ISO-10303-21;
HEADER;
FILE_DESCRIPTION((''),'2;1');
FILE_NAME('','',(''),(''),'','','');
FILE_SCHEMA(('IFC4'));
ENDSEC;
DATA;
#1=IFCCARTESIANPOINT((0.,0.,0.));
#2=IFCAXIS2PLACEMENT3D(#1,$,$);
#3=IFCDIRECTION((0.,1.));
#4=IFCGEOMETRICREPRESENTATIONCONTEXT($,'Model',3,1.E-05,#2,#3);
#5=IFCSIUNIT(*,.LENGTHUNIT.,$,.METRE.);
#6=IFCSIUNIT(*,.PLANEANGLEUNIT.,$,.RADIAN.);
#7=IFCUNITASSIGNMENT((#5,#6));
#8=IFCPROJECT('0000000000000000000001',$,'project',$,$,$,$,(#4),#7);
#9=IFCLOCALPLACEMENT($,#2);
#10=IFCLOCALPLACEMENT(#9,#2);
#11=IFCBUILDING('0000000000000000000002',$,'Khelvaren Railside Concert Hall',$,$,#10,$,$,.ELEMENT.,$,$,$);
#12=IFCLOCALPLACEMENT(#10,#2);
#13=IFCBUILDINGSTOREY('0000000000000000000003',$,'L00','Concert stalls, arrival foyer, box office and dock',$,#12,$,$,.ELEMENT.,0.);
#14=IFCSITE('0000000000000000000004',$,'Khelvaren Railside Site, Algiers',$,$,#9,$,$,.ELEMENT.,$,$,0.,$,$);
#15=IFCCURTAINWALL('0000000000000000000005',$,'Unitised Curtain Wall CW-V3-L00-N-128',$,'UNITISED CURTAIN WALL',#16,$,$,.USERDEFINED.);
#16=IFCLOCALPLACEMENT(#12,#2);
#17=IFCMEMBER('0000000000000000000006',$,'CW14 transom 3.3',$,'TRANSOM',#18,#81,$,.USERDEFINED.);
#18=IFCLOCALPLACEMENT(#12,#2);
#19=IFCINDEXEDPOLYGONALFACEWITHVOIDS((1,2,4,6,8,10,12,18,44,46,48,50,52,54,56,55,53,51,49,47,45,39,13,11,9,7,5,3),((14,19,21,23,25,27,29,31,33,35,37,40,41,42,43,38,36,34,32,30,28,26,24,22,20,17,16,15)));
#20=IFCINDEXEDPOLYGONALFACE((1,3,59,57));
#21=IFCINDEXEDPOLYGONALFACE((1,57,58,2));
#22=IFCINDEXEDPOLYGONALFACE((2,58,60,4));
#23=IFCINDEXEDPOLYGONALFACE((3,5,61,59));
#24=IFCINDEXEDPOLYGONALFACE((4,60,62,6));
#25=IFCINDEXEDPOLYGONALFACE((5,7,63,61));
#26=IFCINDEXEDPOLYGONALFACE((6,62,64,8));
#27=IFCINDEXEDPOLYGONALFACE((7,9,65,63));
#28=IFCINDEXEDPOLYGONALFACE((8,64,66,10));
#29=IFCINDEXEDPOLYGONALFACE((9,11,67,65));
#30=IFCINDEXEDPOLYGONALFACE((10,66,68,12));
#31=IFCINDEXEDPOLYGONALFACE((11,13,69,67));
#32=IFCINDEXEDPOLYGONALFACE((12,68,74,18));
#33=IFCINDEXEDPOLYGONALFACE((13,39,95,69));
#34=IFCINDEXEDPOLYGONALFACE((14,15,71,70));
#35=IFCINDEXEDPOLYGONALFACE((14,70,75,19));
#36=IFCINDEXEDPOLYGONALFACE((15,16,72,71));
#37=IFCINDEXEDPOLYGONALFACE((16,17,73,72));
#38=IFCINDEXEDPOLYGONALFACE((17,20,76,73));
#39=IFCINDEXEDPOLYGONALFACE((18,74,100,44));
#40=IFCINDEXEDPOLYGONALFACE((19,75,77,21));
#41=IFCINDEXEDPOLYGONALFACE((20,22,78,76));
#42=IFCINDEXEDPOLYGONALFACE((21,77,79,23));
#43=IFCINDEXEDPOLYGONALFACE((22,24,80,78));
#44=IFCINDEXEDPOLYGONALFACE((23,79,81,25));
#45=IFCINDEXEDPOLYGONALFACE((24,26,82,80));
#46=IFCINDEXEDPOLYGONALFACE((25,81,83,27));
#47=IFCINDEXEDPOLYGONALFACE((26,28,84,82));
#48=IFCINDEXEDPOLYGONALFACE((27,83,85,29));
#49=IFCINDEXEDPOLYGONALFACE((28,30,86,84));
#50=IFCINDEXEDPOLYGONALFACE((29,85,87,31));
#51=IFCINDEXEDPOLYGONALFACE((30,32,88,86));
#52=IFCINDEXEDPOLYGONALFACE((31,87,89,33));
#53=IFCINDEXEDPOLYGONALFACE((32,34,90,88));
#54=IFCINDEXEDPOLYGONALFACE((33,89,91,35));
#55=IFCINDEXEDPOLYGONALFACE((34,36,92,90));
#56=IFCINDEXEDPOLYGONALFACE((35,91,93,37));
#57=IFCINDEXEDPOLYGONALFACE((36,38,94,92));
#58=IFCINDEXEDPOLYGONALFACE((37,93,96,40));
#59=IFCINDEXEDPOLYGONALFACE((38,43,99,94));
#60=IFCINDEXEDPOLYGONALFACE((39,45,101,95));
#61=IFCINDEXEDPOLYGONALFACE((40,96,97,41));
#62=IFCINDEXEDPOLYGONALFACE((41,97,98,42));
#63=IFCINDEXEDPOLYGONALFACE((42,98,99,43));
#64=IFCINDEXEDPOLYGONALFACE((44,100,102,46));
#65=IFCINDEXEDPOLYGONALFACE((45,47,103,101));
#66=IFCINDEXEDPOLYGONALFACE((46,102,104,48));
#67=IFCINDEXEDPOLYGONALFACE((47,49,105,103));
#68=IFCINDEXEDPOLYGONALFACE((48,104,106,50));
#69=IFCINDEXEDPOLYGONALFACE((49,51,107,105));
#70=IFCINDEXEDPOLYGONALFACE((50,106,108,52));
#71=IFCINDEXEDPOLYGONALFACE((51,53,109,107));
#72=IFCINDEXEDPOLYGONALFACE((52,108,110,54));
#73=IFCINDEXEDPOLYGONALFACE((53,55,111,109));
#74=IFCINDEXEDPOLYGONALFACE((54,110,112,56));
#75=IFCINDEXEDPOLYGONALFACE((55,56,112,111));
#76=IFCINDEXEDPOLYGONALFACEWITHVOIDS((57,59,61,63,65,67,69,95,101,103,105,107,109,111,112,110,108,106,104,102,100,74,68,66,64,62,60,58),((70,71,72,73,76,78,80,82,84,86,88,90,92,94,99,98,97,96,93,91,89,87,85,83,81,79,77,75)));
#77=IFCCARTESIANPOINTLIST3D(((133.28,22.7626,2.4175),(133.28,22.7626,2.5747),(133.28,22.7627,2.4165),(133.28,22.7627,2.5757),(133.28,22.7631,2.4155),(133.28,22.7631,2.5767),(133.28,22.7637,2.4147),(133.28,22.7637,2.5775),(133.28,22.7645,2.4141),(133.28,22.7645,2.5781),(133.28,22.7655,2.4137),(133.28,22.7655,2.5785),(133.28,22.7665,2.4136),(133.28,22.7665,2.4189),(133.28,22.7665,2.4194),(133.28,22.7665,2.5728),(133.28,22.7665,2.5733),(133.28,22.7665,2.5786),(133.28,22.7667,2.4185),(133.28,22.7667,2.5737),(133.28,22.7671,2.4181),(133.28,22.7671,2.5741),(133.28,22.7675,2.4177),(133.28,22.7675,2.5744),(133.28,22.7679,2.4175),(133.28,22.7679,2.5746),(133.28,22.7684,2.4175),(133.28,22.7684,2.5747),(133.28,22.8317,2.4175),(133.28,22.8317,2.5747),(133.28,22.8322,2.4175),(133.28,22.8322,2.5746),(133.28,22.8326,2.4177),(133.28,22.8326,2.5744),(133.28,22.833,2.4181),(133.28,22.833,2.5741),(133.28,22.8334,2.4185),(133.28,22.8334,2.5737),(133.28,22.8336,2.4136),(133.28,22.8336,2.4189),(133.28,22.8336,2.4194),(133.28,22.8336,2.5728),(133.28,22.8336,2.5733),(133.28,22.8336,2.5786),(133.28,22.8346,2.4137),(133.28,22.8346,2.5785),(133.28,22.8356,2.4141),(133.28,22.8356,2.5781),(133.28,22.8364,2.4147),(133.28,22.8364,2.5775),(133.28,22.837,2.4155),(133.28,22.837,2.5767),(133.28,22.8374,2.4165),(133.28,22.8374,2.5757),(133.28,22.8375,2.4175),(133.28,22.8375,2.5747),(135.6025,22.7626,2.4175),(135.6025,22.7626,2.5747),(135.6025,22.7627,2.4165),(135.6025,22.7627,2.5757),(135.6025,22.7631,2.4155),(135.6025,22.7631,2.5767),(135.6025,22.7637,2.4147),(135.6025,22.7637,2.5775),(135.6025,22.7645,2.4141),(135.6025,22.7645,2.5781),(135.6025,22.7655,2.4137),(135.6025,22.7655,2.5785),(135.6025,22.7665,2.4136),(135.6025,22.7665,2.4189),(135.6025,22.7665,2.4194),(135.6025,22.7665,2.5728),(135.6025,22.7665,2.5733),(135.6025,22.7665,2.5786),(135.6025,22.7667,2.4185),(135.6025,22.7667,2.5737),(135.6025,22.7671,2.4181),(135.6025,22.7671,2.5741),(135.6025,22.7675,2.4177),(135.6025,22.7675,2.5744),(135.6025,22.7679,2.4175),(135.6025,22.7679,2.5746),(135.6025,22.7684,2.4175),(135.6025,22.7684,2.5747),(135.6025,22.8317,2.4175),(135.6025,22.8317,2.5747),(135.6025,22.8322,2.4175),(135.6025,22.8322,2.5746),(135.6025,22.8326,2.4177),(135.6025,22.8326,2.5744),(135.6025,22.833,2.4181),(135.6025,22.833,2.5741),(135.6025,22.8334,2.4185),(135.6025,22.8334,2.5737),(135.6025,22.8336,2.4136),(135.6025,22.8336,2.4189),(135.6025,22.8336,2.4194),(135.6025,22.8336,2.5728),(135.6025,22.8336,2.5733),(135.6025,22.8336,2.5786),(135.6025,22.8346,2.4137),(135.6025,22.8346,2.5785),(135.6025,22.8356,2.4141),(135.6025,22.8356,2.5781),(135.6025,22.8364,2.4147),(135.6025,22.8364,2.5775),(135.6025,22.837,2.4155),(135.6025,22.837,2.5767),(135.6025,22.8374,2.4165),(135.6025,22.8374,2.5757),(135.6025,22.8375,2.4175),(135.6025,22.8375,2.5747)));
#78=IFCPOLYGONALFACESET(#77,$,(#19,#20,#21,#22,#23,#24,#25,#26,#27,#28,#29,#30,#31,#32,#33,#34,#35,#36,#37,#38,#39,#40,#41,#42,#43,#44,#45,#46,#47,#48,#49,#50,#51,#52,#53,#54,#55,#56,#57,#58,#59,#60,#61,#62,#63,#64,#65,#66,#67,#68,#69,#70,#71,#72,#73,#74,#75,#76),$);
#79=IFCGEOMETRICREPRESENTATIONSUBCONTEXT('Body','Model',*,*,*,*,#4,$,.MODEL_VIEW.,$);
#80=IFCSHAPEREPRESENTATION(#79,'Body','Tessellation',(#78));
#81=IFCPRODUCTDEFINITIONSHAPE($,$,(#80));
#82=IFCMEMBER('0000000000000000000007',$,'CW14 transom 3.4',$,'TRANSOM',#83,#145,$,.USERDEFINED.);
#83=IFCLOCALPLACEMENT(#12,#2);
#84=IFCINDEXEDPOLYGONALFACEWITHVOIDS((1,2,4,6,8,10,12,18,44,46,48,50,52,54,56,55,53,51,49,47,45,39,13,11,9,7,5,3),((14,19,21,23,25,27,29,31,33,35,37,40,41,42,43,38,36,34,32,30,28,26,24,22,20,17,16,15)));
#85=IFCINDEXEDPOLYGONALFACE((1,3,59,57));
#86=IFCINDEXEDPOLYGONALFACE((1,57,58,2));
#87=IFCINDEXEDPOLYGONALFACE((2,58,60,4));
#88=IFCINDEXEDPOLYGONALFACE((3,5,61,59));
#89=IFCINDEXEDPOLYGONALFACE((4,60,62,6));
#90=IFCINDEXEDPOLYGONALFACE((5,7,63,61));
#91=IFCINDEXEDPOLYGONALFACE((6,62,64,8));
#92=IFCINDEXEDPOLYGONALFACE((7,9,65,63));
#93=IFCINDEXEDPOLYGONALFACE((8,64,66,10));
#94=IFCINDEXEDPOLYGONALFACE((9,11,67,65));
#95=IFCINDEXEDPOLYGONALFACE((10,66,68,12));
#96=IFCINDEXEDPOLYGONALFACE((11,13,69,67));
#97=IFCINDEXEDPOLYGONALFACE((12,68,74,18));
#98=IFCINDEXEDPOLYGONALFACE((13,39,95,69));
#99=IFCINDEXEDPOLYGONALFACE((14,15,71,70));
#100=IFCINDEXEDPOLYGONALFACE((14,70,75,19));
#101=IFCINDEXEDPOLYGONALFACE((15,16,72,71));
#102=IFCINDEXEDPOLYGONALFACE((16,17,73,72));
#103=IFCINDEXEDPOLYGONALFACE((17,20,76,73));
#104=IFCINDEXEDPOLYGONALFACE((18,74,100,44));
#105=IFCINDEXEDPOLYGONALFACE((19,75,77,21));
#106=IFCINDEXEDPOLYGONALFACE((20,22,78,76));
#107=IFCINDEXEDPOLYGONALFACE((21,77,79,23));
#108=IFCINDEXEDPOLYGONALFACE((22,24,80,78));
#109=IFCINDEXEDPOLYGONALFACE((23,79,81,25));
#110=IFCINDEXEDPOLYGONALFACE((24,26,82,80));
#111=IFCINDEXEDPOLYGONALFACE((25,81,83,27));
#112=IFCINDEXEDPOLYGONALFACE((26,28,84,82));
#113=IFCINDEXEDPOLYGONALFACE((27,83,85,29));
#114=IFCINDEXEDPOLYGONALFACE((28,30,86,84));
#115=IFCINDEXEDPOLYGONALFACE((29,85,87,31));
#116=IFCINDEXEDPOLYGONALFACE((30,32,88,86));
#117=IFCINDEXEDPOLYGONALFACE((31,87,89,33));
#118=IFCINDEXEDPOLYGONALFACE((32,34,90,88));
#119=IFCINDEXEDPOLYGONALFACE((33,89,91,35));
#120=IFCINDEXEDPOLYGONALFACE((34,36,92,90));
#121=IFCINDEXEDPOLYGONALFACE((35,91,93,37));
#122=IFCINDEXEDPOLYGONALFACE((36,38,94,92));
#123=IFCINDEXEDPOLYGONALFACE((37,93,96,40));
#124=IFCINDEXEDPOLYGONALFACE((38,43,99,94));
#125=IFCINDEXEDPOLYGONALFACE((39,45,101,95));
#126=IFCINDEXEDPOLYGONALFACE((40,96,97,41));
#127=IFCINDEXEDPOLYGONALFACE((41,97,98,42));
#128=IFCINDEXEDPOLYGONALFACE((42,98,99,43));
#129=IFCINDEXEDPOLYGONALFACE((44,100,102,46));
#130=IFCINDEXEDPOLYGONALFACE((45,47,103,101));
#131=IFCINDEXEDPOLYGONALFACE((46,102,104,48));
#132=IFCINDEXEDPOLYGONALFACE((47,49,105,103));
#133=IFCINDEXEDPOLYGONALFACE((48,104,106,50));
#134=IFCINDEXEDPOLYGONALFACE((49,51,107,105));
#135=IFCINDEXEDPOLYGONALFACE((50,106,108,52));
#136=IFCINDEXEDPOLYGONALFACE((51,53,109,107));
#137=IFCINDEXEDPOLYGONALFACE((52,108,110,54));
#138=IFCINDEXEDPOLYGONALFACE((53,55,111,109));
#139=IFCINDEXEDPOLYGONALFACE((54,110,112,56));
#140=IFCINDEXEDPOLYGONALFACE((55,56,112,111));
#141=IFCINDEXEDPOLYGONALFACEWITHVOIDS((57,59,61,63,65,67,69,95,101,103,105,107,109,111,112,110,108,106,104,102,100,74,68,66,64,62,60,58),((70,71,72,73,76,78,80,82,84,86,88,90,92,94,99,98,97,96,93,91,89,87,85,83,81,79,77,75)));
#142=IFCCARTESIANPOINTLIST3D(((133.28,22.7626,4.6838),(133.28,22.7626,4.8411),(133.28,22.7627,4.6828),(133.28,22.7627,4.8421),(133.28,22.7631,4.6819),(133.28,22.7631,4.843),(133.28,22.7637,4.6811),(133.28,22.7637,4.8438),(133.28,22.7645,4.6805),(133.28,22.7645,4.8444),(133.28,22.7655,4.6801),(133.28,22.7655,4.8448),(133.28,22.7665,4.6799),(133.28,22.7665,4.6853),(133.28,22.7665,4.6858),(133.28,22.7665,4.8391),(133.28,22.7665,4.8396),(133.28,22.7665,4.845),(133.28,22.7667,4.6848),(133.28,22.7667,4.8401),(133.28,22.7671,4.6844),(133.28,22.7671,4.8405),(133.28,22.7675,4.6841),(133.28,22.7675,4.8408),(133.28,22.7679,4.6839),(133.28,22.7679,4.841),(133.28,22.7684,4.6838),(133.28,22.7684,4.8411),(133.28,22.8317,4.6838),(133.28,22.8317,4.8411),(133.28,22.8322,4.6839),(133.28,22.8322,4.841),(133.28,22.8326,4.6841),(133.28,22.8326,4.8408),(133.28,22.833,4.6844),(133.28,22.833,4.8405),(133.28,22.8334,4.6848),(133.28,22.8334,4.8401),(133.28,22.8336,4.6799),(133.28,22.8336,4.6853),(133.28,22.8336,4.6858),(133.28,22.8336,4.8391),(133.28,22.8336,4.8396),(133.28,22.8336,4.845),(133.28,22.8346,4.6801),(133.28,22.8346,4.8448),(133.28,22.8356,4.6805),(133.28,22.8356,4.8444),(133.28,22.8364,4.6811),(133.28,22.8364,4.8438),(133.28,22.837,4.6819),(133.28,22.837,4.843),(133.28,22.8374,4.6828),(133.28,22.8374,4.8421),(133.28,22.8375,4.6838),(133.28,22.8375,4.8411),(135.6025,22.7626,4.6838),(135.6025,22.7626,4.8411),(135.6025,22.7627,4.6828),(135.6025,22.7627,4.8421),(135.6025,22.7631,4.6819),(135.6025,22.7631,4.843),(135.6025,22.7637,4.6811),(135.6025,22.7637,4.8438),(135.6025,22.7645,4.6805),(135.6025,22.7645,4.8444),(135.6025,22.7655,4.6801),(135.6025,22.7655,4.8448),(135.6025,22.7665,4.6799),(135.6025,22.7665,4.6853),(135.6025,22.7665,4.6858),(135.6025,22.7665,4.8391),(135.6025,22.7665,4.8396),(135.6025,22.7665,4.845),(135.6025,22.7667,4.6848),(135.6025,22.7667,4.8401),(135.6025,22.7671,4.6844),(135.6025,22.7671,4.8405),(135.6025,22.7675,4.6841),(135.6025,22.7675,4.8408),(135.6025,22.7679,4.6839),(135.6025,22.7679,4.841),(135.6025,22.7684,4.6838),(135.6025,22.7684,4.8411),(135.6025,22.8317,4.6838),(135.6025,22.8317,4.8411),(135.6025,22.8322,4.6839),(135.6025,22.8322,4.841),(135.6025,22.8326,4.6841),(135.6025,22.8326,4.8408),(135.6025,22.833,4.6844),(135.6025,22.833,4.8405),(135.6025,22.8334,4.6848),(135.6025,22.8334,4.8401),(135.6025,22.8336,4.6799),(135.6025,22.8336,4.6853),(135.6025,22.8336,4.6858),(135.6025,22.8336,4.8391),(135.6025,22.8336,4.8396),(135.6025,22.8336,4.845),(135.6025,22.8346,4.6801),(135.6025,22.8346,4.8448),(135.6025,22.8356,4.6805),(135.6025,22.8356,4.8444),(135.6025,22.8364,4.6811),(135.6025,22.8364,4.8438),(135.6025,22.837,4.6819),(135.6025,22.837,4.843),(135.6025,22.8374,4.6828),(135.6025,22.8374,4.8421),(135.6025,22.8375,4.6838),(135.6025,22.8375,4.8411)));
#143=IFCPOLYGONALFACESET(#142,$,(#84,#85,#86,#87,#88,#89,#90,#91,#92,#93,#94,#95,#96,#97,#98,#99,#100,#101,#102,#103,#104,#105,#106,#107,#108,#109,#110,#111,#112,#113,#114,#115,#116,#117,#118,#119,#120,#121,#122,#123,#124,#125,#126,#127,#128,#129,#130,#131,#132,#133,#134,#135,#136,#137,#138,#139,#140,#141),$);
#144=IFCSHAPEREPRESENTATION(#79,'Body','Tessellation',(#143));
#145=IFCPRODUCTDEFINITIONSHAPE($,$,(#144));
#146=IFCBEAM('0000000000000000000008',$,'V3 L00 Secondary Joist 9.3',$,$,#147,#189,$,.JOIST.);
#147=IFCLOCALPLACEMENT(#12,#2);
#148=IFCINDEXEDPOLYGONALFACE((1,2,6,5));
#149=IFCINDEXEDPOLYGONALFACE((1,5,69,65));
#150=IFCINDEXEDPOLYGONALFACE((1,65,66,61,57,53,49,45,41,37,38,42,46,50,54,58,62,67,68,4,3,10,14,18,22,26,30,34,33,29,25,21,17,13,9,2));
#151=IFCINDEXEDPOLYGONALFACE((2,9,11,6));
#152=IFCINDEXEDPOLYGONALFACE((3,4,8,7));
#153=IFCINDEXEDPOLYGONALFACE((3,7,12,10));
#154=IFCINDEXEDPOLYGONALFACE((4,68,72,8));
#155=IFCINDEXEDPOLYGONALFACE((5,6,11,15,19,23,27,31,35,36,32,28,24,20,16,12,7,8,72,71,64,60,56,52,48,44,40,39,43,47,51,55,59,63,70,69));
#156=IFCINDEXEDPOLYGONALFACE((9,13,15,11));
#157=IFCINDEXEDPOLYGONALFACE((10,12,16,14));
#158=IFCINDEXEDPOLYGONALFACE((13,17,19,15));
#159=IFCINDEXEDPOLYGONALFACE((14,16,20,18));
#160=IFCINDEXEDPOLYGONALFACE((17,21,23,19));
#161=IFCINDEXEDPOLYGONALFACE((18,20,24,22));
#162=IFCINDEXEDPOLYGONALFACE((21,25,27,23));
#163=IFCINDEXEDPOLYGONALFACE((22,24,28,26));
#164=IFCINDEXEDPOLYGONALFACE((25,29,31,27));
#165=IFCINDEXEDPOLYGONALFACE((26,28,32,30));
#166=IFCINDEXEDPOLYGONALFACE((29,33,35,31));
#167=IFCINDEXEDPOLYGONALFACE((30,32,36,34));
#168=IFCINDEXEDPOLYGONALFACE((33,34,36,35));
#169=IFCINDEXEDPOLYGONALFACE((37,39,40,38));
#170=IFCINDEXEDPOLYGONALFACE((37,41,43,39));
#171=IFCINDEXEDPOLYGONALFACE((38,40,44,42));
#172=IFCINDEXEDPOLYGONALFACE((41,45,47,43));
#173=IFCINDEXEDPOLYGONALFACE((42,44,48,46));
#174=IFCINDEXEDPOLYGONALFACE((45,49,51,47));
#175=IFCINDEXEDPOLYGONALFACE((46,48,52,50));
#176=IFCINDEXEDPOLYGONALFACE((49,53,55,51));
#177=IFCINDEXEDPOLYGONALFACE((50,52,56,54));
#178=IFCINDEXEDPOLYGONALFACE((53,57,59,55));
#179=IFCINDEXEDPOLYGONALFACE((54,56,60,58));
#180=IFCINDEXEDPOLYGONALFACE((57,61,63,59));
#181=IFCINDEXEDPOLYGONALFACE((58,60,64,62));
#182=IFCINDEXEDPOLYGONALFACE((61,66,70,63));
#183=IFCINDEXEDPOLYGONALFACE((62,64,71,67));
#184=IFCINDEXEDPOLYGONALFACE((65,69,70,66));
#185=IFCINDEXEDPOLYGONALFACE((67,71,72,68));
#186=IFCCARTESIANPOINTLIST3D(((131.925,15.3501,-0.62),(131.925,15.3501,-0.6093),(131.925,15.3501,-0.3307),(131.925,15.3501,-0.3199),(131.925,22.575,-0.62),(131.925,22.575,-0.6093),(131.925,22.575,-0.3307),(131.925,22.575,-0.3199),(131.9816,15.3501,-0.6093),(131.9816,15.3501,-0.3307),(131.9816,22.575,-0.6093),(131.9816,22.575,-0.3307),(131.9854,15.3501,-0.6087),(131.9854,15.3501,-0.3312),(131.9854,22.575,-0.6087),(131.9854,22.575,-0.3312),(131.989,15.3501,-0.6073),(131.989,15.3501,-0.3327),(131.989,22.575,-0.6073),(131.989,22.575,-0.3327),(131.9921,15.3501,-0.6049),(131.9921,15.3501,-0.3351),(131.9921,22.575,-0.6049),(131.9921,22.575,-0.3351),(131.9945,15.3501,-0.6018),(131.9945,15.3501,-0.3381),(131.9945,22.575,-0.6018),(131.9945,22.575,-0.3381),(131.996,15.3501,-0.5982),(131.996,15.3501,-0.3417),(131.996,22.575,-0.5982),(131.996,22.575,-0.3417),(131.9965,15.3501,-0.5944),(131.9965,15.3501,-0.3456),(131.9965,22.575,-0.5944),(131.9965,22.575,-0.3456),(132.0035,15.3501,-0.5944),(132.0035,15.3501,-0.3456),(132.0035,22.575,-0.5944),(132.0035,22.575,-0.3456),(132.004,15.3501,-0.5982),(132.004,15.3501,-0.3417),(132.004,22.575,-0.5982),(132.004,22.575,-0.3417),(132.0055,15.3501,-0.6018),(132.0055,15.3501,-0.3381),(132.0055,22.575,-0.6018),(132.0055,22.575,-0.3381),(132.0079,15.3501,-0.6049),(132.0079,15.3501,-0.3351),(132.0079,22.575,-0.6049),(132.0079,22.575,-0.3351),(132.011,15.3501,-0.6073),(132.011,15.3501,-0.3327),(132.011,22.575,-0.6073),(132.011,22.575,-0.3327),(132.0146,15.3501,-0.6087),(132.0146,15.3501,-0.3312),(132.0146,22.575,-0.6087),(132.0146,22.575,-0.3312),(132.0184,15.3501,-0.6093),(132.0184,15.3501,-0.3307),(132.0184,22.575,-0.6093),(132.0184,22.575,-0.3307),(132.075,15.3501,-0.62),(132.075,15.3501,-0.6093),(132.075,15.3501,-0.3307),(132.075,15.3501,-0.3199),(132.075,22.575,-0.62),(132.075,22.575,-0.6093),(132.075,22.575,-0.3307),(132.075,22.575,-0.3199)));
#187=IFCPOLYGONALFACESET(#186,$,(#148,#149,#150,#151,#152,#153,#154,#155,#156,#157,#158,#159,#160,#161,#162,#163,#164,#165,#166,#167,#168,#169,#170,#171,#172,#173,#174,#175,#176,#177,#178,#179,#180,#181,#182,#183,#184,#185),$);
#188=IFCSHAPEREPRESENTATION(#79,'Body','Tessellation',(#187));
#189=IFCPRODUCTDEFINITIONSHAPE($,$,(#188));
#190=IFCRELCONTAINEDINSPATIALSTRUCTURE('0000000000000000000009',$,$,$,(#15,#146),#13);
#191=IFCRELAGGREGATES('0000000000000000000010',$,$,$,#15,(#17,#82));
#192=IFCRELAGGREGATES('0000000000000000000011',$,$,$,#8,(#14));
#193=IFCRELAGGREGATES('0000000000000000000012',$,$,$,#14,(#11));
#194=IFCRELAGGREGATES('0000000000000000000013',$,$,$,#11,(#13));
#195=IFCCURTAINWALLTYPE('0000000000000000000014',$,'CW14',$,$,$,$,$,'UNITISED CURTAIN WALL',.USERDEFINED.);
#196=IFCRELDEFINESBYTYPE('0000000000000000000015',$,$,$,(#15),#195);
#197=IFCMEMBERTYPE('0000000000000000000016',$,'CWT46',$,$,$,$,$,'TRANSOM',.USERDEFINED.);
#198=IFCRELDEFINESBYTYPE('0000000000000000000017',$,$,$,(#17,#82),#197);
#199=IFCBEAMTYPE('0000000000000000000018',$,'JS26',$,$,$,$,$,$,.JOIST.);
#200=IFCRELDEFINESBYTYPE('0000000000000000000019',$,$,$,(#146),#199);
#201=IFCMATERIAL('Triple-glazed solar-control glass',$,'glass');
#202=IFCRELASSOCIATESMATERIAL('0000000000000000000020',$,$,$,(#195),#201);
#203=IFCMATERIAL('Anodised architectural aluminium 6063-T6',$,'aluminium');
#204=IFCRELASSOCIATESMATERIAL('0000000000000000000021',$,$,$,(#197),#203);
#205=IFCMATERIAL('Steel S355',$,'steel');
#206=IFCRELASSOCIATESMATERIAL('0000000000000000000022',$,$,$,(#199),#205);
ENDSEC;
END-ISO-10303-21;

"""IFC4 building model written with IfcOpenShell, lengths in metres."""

from ifc_helpers import new_model, si_unit, direction, frame, origin, origin_2d, place, context, subcontext, project, spatial, hollow_rectangle, i_section, extrude, material, material_profile, profile_set, type_object, element, aggregate, save


model = new_model("IFC4")

# Units and contexts
model_context = context("Model", 3, precision=1e-05, world=origin(), true_north=direction((0.0, 1.0)))
body_context = subcontext(model_context, "Body", "Model", "MODEL_VIEW")
ifc_project = project(units=[si_unit("LENGTHUNIT", "METRE"), si_unit("PLANEANGLEUNIT", "RADIAN")], contexts=[model_context])

# Site, building, storey
site_placement = place(None, origin())
site = spatial("IfcSite", under=ifc_project, at=site_placement, Name="Khelvaren Railside Site, Algiers", CompositionType="ELEMENT", RefElevation=0.0)
building_placement = place(site_placement, origin())
building = spatial("IfcBuilding", under=site, at=building_placement, Name="Khelvaren Railside Concert Hall", CompositionType="ELEMENT")
storey_placement = place(building_placement, origin())
storey = spatial("IfcBuildingStorey", under=building, at=storey_placement, Name="L00", Description="Concert stalls, arrival foyer, box office and dock", CompositionType="ELEMENT", Elevation=0.0)

# Shared definitions
ifc_material_1 = material(Name="Steel S355", Category="steel")

# Shared definitions
ifc_material_2 = material(Name="Triple-glazed solar-control glass", Category="glass")
ifc_material_3 = material(Name="Anodised architectural aluminium 6063-T6", Category="aluminium")

# Curtain wall, members
curtain_wall_type_1 = type_object("IfcCurtainWallType", Name="CW14", ElementType="UNITISED CURTAIN WALL", PredefinedType="USERDEFINED", material=ifc_material_2)
curtain_wall_1_placement = place(storey_placement, origin())
curtain_wall_1 = element("IfcCurtainWall", 1, at=curtain_wall_1_placement, inside=storey, type_object=curtain_wall_type_1, Name="Unitised Curtain Wall CW-V3-L00-N-128", ObjectType="UNITISED CURTAIN WALL", PredefinedType="USERDEFINED")
ifc_material_profile_1 = material_profile(ifc_material_3, hollow_rectangle(XDim=0.075, YDim=0.165, WallThickness=0.0039, InnerFilletRadius=0.002, OuterFilletRadius=0.0039, at=origin_2d()), Name="CWT 75x165x4")
ifc_profile_set_1 = profile_set([ifc_material_profile_1], Name="Anodised architectural aluminium 6063-T6")
member_type_1 = type_object("IfcMemberType", Name="CWT46", ElementType="TRANSOM", PredefinedType="USERDEFINED", material=ifc_profile_set_1)
member_1_placement = place(storey_placement, frame((133.28, 22.8, 2.4961), z_axis=(1.0, 0.0, 0.0), x_axis=(0.0, 1.0, 0.0)))
member_1 = element("IfcMember", 2, at=member_1_placement, type_object=member_type_1, Name="CW14 transom 3.3", ObjectType="TRANSOM", PredefinedType="USERDEFINED", context=body_context, shape_type="SweptSolid", body=[
    extrude(hollow_rectangle(XDim=0.075, YDim=0.165, WallThickness=0.0039, InnerFilletRadius=0.002, OuterFilletRadius=0.0039, at=origin_2d()), origin(), (0.0, 0.0, 1.0), 2.3225),
])
member_2_placement = place(storey_placement, frame((133.28, 22.8, 4.7625), z_axis=(1.0, 0.0, 0.0), x_axis=(0.0, 1.0, 0.0)))
member_2 = element("IfcMember", 3, at=member_2_placement, type_object=member_type_1, Name="CW14 transom 3.4", ObjectType="TRANSOM", PredefinedType="USERDEFINED", context=body_context, shape_type="SweptSolid", body=[
    extrude(hollow_rectangle(XDim=0.075, YDim=0.165, WallThickness=0.0039, InnerFilletRadius=0.002, OuterFilletRadius=0.0039, at=origin_2d()), origin(), (0.0, 0.0, 1.0), 2.3225),
])

# Beam
ifc_material_profile_2 = material_profile(ifc_material_1, i_section(OverallWidth=0.1499, OverallDepth=0.3, WebThickness=0.0071, FlangeThickness=0.0107, FilletRadius=0.0149, at=origin_2d()), Name="IPE 300")
ifc_profile_set_2 = profile_set([ifc_material_profile_2], Name="Steel S355")
beam_type_1 = type_object("IfcBeamType", Name="JS26", PredefinedType="JOIST", material=ifc_profile_set_2)
beam_1_placement = place(storey_placement, frame((132.0, 15.3501, -0.47), z_axis=(0.0, 1.0, 0.0), x_axis=(-1.0, 0.0, 0.0)))
element("IfcBeam", 4, at=beam_1_placement, inside=storey, type_object=beam_type_1, Name="V3 L00 Secondary Joist 9.3", PredefinedType="JOIST", context=body_context, shape_type="SweptSolid", body=[
    extrude(i_section(OverallWidth=0.1499, OverallDepth=0.3, WebThickness=0.0071, FlangeThickness=0.0107, FilletRadius=0.0149, at=origin_2d()), origin(), (0.0, 0.0, 1.0), 7.2249),
])

aggregate(curtain_wall_1, [member_1, member_2])

save(model, "model.ifc")
